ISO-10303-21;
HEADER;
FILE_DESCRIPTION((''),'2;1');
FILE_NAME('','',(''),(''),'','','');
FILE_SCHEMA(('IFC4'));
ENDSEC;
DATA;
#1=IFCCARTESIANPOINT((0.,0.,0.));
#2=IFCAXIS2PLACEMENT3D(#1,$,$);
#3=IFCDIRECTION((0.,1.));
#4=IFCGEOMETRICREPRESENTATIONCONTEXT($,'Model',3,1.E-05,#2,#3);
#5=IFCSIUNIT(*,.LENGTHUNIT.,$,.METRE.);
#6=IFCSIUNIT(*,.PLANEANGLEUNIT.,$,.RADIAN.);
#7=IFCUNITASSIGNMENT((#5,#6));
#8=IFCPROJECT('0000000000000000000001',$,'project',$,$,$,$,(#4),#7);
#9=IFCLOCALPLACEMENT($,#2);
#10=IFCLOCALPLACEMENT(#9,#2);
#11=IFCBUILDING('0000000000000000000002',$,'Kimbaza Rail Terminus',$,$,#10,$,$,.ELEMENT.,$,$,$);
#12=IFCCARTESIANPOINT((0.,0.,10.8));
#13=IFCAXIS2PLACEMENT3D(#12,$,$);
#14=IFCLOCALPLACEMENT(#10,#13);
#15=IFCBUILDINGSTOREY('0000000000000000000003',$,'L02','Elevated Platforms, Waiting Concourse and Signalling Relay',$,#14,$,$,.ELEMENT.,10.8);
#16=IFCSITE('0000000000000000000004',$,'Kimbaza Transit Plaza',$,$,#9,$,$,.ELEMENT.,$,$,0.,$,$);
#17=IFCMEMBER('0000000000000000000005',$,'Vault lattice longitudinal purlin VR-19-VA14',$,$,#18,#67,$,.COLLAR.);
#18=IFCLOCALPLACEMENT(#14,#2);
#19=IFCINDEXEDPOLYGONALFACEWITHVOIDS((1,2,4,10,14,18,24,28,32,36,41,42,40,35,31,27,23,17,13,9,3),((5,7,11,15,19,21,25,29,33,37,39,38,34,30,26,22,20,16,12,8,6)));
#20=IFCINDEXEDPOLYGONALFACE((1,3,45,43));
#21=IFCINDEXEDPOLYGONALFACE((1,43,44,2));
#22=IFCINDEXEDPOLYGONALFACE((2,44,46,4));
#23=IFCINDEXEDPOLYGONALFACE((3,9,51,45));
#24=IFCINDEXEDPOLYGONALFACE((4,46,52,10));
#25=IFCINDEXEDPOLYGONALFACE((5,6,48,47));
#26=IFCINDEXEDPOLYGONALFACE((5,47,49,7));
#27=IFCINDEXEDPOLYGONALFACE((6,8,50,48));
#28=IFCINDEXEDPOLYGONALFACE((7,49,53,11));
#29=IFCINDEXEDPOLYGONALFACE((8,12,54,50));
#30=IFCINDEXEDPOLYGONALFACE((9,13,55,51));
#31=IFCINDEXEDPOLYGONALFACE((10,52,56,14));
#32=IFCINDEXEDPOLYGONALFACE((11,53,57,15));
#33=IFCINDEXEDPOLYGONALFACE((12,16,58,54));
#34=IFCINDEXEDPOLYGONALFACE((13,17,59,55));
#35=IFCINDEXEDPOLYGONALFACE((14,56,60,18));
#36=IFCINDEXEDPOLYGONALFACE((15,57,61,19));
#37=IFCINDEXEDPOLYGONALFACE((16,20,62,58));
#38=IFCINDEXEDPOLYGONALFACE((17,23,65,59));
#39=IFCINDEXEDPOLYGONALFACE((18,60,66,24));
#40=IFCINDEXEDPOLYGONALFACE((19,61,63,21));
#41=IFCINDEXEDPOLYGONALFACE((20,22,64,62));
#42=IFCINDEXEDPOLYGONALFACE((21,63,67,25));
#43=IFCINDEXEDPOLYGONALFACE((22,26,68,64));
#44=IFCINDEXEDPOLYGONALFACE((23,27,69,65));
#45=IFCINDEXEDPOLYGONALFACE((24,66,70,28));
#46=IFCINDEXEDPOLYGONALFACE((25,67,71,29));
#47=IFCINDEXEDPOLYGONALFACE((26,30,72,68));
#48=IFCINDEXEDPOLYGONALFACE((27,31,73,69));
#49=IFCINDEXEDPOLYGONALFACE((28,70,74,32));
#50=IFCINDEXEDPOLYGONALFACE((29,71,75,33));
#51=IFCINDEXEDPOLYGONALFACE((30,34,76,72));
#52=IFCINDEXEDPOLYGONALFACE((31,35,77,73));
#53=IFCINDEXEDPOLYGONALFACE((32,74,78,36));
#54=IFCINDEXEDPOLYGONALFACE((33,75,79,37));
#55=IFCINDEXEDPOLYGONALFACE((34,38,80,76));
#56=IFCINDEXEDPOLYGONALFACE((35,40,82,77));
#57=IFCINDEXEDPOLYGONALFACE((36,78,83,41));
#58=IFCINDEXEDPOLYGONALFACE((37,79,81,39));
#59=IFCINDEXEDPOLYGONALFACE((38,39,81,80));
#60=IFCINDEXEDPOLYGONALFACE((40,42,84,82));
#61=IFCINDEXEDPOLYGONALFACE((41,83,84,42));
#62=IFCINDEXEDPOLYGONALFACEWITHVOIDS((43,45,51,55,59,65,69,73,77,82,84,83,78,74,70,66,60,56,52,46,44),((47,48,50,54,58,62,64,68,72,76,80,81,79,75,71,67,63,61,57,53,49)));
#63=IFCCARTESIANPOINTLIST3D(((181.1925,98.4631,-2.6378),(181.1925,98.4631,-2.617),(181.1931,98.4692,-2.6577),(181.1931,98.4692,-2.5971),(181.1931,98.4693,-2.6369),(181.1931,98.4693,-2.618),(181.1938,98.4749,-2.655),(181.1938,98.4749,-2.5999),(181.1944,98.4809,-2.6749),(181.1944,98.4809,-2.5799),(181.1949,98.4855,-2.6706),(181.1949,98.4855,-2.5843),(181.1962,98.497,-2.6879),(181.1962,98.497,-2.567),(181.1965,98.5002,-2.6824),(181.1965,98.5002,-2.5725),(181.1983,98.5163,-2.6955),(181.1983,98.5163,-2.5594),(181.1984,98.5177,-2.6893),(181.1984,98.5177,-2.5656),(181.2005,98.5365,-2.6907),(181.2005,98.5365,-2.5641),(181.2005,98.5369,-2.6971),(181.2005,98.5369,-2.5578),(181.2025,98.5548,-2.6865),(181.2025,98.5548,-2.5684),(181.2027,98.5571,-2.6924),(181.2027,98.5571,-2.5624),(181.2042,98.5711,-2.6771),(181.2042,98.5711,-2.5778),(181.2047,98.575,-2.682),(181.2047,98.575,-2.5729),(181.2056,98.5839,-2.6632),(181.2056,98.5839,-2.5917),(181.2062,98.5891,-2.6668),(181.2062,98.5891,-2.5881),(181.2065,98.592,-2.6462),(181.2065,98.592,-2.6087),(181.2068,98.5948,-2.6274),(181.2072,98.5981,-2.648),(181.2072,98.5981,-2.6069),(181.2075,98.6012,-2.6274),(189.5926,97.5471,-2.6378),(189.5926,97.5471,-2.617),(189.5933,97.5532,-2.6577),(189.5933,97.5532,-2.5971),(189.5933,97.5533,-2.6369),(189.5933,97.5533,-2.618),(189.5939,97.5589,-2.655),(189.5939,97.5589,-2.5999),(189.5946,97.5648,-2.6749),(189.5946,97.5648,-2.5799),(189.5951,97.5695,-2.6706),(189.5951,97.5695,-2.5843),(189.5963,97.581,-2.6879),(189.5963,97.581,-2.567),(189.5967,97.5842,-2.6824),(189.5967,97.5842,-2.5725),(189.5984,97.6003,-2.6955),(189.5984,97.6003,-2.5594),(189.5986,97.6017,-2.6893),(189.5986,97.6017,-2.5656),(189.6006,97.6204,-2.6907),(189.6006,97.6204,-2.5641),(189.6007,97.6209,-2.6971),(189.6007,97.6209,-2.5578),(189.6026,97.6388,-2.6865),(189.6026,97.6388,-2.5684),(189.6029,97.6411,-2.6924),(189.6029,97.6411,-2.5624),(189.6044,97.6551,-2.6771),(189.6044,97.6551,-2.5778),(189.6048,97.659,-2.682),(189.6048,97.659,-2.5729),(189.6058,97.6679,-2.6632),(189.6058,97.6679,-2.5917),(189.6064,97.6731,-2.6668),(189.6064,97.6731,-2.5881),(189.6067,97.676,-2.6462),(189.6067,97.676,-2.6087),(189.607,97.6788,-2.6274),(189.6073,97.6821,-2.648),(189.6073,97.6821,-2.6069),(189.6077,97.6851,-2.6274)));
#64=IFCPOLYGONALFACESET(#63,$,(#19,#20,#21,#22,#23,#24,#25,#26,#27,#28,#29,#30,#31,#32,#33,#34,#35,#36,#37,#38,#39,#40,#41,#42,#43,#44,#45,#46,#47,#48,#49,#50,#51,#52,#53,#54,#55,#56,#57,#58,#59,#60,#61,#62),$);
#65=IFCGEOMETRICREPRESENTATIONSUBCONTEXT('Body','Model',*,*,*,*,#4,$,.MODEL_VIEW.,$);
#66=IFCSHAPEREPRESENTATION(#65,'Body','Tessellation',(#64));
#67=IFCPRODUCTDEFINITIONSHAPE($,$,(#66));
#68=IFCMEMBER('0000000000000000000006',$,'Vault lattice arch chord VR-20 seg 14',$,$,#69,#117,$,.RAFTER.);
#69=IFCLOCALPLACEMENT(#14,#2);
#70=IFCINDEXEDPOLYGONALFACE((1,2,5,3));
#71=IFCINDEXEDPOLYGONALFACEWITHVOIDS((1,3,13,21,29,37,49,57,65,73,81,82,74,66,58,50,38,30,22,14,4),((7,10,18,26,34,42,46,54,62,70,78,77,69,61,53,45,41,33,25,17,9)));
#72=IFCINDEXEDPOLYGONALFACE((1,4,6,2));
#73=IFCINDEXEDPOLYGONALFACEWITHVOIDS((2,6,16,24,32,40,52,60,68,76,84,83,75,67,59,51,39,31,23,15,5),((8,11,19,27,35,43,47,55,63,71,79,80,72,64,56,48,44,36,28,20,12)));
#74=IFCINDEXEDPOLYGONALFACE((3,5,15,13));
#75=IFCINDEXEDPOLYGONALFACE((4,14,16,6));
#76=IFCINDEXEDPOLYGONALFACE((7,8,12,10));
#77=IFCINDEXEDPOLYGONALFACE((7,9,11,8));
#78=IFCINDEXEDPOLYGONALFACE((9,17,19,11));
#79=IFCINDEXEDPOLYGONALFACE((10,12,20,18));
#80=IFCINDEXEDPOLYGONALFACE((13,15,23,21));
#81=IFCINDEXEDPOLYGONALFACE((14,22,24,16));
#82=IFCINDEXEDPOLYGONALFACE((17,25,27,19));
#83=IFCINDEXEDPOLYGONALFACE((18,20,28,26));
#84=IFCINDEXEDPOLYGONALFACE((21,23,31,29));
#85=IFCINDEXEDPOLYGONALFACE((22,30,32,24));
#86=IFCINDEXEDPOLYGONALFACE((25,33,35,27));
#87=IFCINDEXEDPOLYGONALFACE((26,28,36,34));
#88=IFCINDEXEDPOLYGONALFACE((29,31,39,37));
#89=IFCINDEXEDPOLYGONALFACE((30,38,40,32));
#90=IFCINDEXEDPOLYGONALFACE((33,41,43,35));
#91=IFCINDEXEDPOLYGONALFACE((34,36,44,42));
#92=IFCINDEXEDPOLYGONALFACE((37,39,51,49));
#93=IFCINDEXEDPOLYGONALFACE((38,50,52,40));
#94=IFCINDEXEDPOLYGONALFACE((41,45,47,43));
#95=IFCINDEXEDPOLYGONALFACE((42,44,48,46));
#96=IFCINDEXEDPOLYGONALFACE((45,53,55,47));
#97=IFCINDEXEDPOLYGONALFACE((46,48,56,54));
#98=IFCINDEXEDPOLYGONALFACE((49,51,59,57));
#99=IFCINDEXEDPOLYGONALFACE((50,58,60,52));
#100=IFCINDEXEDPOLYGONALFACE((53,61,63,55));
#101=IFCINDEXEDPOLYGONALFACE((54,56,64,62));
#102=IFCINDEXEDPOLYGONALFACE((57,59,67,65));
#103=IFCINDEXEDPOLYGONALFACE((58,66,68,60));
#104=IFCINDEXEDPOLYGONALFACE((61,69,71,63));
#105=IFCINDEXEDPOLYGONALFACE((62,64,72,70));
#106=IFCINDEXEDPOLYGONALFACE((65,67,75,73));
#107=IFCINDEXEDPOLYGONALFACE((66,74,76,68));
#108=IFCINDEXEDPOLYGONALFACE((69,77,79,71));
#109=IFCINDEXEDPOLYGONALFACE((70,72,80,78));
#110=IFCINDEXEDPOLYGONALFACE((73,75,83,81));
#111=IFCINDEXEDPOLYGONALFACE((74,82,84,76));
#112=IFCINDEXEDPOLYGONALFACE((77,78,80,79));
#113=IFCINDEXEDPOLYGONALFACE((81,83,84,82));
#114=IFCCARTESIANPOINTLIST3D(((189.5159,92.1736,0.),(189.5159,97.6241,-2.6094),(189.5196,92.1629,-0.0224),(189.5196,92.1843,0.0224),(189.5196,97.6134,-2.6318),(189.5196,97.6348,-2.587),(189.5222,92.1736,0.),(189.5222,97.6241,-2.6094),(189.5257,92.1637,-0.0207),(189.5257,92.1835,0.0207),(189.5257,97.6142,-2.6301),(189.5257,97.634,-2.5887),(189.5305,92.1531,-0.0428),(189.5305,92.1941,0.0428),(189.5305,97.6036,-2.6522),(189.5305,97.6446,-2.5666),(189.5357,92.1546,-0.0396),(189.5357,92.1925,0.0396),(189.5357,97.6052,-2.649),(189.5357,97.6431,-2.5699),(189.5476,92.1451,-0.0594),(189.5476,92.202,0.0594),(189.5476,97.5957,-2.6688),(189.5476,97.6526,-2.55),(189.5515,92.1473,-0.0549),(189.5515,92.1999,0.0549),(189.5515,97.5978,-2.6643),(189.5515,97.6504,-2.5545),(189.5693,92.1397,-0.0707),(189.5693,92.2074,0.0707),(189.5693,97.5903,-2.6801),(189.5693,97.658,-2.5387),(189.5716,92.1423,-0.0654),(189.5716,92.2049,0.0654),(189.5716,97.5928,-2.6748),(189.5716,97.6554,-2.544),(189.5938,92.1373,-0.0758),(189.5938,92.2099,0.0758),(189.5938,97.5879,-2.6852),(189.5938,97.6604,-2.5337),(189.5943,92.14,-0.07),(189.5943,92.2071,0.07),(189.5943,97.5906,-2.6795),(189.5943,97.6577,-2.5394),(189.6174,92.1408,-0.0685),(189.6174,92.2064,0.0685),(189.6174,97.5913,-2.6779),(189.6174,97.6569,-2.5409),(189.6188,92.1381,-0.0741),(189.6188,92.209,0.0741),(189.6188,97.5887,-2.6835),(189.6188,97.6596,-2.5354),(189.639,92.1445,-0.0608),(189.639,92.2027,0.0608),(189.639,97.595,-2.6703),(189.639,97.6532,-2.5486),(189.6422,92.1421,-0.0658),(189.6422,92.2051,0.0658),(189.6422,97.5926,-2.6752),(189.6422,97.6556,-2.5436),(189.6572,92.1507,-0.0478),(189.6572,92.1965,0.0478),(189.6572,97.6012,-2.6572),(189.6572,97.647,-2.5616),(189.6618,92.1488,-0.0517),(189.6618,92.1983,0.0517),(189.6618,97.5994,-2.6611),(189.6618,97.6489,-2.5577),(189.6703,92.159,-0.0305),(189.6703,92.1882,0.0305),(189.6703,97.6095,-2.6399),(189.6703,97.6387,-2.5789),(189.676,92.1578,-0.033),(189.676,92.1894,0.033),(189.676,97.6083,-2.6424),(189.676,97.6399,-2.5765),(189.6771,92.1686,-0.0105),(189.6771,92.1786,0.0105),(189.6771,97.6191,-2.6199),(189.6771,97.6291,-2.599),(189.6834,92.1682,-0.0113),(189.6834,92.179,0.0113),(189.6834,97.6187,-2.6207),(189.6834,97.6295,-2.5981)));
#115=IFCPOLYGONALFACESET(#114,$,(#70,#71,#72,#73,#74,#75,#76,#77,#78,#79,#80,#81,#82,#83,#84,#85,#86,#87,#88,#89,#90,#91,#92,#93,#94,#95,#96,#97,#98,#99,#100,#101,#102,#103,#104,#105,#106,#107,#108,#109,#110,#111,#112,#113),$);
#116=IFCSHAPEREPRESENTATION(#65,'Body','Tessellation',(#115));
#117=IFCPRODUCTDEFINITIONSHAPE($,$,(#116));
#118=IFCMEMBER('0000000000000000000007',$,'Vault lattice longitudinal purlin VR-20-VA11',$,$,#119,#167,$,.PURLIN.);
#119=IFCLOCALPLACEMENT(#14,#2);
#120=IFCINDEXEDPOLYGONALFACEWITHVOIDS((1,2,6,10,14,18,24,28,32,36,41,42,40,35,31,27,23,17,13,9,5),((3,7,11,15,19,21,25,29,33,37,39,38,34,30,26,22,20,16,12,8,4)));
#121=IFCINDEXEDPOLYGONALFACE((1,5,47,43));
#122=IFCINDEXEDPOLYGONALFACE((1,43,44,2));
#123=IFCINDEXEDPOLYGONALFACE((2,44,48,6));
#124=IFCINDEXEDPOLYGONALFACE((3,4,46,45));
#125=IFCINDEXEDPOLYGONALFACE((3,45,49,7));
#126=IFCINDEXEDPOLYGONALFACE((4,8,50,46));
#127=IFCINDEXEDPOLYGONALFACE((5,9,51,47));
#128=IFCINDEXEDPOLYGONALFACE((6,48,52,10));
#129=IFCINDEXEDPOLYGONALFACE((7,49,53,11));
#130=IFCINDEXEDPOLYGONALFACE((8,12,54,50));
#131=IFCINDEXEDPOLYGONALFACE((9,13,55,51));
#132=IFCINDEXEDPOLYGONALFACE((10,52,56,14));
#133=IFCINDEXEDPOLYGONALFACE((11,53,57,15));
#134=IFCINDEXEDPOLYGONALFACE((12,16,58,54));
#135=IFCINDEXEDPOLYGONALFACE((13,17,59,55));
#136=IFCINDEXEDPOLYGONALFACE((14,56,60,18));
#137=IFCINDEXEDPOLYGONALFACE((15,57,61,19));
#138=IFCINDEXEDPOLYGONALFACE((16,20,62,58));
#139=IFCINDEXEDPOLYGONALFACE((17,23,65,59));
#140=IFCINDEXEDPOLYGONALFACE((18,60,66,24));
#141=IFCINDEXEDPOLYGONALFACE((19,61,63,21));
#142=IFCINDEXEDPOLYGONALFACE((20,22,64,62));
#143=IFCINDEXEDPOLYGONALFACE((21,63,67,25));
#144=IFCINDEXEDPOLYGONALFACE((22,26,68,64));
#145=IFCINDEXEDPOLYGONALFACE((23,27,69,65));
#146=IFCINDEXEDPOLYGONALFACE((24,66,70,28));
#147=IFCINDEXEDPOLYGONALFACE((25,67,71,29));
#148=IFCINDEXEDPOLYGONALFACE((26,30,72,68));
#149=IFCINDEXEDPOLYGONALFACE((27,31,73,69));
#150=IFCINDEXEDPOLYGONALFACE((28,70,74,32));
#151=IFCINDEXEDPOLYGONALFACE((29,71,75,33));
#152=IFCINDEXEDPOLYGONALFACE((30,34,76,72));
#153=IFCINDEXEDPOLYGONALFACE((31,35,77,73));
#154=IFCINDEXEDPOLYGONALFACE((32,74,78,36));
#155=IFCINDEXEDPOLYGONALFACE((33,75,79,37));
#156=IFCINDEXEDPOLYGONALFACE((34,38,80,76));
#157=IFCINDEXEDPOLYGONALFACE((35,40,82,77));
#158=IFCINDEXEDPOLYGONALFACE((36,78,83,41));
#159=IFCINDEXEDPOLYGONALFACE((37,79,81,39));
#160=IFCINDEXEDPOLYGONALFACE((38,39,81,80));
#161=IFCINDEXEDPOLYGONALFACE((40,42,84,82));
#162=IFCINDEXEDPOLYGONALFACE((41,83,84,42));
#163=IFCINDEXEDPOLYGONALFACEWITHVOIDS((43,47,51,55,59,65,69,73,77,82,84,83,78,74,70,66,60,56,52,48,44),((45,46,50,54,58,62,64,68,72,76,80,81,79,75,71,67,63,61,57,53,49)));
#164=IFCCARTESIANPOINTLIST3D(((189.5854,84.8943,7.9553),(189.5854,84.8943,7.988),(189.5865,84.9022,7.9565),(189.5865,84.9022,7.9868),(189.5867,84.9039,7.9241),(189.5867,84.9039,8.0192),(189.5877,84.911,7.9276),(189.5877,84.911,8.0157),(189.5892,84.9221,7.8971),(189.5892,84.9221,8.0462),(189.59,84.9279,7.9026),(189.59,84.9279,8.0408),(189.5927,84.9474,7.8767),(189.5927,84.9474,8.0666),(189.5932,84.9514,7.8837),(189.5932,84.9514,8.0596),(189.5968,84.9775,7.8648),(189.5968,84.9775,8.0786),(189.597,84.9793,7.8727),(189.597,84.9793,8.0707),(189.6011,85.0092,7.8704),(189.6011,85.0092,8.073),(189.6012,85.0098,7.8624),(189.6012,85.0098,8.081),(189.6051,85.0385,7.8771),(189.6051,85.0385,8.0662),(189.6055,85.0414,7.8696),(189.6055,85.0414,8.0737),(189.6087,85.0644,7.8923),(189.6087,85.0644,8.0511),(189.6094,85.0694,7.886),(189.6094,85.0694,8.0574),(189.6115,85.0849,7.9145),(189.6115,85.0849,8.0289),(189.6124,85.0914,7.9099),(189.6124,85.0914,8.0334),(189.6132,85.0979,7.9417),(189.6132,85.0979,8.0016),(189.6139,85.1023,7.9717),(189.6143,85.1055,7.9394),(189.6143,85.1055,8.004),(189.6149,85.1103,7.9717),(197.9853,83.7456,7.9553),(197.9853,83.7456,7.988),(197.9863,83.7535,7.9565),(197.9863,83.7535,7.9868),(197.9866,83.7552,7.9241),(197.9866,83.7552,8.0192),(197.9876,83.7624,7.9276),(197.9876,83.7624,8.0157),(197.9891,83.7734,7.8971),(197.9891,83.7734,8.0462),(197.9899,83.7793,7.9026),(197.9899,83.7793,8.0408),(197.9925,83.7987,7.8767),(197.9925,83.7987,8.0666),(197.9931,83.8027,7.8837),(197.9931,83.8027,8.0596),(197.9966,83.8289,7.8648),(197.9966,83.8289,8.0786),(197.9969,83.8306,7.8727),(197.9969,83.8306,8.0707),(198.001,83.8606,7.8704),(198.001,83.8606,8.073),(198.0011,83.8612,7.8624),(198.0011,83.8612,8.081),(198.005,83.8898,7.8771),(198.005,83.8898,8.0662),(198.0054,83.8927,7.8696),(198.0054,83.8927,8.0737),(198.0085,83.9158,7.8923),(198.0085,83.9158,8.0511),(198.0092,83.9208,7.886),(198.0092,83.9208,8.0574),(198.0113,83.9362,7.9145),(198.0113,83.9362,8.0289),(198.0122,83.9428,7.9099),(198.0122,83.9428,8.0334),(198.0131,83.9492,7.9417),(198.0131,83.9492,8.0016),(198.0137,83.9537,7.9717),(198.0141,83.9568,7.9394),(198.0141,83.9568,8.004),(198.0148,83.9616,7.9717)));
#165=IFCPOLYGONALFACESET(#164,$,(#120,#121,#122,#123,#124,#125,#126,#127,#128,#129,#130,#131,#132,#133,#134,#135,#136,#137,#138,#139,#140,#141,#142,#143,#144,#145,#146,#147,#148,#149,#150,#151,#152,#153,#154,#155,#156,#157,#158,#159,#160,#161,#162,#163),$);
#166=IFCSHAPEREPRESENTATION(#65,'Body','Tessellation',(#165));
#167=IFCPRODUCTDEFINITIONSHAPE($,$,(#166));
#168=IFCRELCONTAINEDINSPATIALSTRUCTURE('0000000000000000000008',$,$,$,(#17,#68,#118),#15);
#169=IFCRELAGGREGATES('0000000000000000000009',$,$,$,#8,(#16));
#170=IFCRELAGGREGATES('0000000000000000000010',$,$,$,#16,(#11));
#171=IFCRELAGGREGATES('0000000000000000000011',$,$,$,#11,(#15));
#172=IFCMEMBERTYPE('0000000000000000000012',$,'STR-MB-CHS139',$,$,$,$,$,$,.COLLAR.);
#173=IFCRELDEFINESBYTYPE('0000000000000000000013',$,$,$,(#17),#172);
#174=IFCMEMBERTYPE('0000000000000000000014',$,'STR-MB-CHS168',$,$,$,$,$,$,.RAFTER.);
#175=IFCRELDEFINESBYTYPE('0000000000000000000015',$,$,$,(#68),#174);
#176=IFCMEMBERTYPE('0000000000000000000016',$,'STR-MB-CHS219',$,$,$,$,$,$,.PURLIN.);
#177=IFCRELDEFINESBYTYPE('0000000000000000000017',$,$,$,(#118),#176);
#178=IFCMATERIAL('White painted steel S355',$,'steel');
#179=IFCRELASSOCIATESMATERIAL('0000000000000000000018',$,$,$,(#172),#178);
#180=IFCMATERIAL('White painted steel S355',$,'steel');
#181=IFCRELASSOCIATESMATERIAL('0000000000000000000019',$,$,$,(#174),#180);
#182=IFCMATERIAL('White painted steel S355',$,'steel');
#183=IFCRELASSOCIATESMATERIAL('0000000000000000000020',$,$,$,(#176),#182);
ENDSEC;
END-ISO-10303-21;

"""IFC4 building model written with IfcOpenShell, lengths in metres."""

from ifc_helpers import new_model, si_unit, direction, frame, origin, origin_2d, place, context, subcontext, project, spatial, hollow_circle, extrude, material, material_profile, profile_set, type_object, element, save


model = new_model("IFC4")

# Units and contexts
model_context = context("Model", 3, precision=1e-05, world=origin(), true_north=direction((0.0, 1.0)))
body_context = subcontext(model_context, "Body", "Model", "MODEL_VIEW")
ifc_project = project(units=[si_unit("LENGTHUNIT", "METRE"), si_unit("PLANEANGLEUNIT", "RADIAN")], contexts=[model_context])

# Site, building, storey
site_placement = place(None, origin())
site = spatial("IfcSite", under=ifc_project, at=site_placement, Name="Kimbaza Transit Plaza", CompositionType="ELEMENT", RefElevation=0.0)
building_placement = place(site_placement, origin())
building = spatial("IfcBuilding", under=site, at=building_placement, Name="Kimbaza Rail Terminus", CompositionType="ELEMENT")
storey_placement = place(building_placement, frame((0.0, 0.0, 10.8)))
storey = spatial("IfcBuildingStorey", under=building, at=storey_placement, Name="L02", Description="Elevated Platforms, Waiting Concourse and Signalling Relay", CompositionType="ELEMENT", Elevation=10.8)

# Members
ifc_material_1 = material(Name="White painted steel S355", Category="steel")
ifc_material_profile_1 = material_profile(ifc_material_1, hollow_circle(Radius=0.0698, WallThickness=0.0063, at=origin_2d()), Name="CHS 139.7x6.3")
ifc_profile_set_1 = profile_set([ifc_material_profile_1], Name="White painted steel S355")
member_type_1 = type_object("IfcMemberType", Name="STR-MB-CHS139", PredefinedType="COLLAR", material=ifc_profile_set_1)
member_1_placement = place(storey_placement, frame((181.2, 98.5317, -2.6274), z_axis=(0.994107, -0.108405, 0.0), x_axis=(0.108405, 0.994107, 0.0)))
element("IfcMember", 1, at=member_1_placement, inside=storey, type_object=member_type_1, Name="Vault lattice longitudinal purlin VR-19-VA14", PredefinedType="COLLAR", context=body_context, shape_type="SweptSolid", body=[
    extrude(hollow_circle(Radius=0.0698, WallThickness=0.0063, at=origin_2d()), origin(), (0.0, 0.0, 1.0), 8.45),
])
ifc_material_2 = material(Name="White painted steel S355", Category="steel")
ifc_material_profile_2 = material_profile(ifc_material_2, hollow_circle(Radius=0.0842, WallThickness=0.0063, at=origin_2d()), Name="CHS 168.3x6.3")
ifc_profile_set_2 = profile_set([ifc_material_profile_2], Name="White painted steel S355")
member_type_2 = type_object("IfcMemberType", Name="STR-MB-CHS168", PredefinedType="RAFTER", material=ifc_profile_set_2)
member_2_placement = place(storey_placement, frame((189.6001, 92.1736, 0.0), z_axis=(0.0, 0.901964, -0.431811), x_axis=(-1.0, 0.0, 0.0)))
element("IfcMember", 2, at=member_2_placement, inside=storey, type_object=member_type_2, Name="Vault lattice arch chord VR-20 seg 14", PredefinedType="RAFTER", context=body_context, shape_type="SweptSolid", body=[
    extrude(hollow_circle(Radius=0.0842, WallThickness=0.0063, at=origin_2d()), origin(), (0.0, 0.0, 1.0), 6.043),
])
ifc_material_3 = material(Name="White painted steel S355", Category="steel")
ifc_material_profile_3 = material_profile(ifc_material_3, hollow_circle(Radius=0.1096, WallThickness=0.0081, at=origin_2d()), Name="CHS 219.1x8")
ifc_profile_set_3 = profile_set([ifc_material_profile_3], Name="White painted steel S355")
member_type_3 = type_object("IfcMemberType", Name="STR-MB-CHS219", PredefinedType="PURLIN", material=ifc_profile_set_3)
for number, where, z_axis, x_axis, name in (
    (3, (189.6001, 85.0017, 7.9717), (0.990779, -0.135488, 0.0), (0.135488, 0.990779, 0.0), "Vault lattice longitudinal purlin VR-20-VA11"),
):
    element("IfcMember", number, at=place(storey_placement, frame(where, z_axis=z_axis, x_axis=x_axis)), inside=storey, type_object=member_type_3, Name=name, PredefinedType="PURLIN", context=body_context, shape_type="SweptSolid", body=[
        extrude(hollow_circle(Radius=0.1096, WallThickness=0.0081, at=origin_2d()), origin(), (0.0, 0.0, 1.0), 8.478),
    ])

save(model, "model.ifc")
